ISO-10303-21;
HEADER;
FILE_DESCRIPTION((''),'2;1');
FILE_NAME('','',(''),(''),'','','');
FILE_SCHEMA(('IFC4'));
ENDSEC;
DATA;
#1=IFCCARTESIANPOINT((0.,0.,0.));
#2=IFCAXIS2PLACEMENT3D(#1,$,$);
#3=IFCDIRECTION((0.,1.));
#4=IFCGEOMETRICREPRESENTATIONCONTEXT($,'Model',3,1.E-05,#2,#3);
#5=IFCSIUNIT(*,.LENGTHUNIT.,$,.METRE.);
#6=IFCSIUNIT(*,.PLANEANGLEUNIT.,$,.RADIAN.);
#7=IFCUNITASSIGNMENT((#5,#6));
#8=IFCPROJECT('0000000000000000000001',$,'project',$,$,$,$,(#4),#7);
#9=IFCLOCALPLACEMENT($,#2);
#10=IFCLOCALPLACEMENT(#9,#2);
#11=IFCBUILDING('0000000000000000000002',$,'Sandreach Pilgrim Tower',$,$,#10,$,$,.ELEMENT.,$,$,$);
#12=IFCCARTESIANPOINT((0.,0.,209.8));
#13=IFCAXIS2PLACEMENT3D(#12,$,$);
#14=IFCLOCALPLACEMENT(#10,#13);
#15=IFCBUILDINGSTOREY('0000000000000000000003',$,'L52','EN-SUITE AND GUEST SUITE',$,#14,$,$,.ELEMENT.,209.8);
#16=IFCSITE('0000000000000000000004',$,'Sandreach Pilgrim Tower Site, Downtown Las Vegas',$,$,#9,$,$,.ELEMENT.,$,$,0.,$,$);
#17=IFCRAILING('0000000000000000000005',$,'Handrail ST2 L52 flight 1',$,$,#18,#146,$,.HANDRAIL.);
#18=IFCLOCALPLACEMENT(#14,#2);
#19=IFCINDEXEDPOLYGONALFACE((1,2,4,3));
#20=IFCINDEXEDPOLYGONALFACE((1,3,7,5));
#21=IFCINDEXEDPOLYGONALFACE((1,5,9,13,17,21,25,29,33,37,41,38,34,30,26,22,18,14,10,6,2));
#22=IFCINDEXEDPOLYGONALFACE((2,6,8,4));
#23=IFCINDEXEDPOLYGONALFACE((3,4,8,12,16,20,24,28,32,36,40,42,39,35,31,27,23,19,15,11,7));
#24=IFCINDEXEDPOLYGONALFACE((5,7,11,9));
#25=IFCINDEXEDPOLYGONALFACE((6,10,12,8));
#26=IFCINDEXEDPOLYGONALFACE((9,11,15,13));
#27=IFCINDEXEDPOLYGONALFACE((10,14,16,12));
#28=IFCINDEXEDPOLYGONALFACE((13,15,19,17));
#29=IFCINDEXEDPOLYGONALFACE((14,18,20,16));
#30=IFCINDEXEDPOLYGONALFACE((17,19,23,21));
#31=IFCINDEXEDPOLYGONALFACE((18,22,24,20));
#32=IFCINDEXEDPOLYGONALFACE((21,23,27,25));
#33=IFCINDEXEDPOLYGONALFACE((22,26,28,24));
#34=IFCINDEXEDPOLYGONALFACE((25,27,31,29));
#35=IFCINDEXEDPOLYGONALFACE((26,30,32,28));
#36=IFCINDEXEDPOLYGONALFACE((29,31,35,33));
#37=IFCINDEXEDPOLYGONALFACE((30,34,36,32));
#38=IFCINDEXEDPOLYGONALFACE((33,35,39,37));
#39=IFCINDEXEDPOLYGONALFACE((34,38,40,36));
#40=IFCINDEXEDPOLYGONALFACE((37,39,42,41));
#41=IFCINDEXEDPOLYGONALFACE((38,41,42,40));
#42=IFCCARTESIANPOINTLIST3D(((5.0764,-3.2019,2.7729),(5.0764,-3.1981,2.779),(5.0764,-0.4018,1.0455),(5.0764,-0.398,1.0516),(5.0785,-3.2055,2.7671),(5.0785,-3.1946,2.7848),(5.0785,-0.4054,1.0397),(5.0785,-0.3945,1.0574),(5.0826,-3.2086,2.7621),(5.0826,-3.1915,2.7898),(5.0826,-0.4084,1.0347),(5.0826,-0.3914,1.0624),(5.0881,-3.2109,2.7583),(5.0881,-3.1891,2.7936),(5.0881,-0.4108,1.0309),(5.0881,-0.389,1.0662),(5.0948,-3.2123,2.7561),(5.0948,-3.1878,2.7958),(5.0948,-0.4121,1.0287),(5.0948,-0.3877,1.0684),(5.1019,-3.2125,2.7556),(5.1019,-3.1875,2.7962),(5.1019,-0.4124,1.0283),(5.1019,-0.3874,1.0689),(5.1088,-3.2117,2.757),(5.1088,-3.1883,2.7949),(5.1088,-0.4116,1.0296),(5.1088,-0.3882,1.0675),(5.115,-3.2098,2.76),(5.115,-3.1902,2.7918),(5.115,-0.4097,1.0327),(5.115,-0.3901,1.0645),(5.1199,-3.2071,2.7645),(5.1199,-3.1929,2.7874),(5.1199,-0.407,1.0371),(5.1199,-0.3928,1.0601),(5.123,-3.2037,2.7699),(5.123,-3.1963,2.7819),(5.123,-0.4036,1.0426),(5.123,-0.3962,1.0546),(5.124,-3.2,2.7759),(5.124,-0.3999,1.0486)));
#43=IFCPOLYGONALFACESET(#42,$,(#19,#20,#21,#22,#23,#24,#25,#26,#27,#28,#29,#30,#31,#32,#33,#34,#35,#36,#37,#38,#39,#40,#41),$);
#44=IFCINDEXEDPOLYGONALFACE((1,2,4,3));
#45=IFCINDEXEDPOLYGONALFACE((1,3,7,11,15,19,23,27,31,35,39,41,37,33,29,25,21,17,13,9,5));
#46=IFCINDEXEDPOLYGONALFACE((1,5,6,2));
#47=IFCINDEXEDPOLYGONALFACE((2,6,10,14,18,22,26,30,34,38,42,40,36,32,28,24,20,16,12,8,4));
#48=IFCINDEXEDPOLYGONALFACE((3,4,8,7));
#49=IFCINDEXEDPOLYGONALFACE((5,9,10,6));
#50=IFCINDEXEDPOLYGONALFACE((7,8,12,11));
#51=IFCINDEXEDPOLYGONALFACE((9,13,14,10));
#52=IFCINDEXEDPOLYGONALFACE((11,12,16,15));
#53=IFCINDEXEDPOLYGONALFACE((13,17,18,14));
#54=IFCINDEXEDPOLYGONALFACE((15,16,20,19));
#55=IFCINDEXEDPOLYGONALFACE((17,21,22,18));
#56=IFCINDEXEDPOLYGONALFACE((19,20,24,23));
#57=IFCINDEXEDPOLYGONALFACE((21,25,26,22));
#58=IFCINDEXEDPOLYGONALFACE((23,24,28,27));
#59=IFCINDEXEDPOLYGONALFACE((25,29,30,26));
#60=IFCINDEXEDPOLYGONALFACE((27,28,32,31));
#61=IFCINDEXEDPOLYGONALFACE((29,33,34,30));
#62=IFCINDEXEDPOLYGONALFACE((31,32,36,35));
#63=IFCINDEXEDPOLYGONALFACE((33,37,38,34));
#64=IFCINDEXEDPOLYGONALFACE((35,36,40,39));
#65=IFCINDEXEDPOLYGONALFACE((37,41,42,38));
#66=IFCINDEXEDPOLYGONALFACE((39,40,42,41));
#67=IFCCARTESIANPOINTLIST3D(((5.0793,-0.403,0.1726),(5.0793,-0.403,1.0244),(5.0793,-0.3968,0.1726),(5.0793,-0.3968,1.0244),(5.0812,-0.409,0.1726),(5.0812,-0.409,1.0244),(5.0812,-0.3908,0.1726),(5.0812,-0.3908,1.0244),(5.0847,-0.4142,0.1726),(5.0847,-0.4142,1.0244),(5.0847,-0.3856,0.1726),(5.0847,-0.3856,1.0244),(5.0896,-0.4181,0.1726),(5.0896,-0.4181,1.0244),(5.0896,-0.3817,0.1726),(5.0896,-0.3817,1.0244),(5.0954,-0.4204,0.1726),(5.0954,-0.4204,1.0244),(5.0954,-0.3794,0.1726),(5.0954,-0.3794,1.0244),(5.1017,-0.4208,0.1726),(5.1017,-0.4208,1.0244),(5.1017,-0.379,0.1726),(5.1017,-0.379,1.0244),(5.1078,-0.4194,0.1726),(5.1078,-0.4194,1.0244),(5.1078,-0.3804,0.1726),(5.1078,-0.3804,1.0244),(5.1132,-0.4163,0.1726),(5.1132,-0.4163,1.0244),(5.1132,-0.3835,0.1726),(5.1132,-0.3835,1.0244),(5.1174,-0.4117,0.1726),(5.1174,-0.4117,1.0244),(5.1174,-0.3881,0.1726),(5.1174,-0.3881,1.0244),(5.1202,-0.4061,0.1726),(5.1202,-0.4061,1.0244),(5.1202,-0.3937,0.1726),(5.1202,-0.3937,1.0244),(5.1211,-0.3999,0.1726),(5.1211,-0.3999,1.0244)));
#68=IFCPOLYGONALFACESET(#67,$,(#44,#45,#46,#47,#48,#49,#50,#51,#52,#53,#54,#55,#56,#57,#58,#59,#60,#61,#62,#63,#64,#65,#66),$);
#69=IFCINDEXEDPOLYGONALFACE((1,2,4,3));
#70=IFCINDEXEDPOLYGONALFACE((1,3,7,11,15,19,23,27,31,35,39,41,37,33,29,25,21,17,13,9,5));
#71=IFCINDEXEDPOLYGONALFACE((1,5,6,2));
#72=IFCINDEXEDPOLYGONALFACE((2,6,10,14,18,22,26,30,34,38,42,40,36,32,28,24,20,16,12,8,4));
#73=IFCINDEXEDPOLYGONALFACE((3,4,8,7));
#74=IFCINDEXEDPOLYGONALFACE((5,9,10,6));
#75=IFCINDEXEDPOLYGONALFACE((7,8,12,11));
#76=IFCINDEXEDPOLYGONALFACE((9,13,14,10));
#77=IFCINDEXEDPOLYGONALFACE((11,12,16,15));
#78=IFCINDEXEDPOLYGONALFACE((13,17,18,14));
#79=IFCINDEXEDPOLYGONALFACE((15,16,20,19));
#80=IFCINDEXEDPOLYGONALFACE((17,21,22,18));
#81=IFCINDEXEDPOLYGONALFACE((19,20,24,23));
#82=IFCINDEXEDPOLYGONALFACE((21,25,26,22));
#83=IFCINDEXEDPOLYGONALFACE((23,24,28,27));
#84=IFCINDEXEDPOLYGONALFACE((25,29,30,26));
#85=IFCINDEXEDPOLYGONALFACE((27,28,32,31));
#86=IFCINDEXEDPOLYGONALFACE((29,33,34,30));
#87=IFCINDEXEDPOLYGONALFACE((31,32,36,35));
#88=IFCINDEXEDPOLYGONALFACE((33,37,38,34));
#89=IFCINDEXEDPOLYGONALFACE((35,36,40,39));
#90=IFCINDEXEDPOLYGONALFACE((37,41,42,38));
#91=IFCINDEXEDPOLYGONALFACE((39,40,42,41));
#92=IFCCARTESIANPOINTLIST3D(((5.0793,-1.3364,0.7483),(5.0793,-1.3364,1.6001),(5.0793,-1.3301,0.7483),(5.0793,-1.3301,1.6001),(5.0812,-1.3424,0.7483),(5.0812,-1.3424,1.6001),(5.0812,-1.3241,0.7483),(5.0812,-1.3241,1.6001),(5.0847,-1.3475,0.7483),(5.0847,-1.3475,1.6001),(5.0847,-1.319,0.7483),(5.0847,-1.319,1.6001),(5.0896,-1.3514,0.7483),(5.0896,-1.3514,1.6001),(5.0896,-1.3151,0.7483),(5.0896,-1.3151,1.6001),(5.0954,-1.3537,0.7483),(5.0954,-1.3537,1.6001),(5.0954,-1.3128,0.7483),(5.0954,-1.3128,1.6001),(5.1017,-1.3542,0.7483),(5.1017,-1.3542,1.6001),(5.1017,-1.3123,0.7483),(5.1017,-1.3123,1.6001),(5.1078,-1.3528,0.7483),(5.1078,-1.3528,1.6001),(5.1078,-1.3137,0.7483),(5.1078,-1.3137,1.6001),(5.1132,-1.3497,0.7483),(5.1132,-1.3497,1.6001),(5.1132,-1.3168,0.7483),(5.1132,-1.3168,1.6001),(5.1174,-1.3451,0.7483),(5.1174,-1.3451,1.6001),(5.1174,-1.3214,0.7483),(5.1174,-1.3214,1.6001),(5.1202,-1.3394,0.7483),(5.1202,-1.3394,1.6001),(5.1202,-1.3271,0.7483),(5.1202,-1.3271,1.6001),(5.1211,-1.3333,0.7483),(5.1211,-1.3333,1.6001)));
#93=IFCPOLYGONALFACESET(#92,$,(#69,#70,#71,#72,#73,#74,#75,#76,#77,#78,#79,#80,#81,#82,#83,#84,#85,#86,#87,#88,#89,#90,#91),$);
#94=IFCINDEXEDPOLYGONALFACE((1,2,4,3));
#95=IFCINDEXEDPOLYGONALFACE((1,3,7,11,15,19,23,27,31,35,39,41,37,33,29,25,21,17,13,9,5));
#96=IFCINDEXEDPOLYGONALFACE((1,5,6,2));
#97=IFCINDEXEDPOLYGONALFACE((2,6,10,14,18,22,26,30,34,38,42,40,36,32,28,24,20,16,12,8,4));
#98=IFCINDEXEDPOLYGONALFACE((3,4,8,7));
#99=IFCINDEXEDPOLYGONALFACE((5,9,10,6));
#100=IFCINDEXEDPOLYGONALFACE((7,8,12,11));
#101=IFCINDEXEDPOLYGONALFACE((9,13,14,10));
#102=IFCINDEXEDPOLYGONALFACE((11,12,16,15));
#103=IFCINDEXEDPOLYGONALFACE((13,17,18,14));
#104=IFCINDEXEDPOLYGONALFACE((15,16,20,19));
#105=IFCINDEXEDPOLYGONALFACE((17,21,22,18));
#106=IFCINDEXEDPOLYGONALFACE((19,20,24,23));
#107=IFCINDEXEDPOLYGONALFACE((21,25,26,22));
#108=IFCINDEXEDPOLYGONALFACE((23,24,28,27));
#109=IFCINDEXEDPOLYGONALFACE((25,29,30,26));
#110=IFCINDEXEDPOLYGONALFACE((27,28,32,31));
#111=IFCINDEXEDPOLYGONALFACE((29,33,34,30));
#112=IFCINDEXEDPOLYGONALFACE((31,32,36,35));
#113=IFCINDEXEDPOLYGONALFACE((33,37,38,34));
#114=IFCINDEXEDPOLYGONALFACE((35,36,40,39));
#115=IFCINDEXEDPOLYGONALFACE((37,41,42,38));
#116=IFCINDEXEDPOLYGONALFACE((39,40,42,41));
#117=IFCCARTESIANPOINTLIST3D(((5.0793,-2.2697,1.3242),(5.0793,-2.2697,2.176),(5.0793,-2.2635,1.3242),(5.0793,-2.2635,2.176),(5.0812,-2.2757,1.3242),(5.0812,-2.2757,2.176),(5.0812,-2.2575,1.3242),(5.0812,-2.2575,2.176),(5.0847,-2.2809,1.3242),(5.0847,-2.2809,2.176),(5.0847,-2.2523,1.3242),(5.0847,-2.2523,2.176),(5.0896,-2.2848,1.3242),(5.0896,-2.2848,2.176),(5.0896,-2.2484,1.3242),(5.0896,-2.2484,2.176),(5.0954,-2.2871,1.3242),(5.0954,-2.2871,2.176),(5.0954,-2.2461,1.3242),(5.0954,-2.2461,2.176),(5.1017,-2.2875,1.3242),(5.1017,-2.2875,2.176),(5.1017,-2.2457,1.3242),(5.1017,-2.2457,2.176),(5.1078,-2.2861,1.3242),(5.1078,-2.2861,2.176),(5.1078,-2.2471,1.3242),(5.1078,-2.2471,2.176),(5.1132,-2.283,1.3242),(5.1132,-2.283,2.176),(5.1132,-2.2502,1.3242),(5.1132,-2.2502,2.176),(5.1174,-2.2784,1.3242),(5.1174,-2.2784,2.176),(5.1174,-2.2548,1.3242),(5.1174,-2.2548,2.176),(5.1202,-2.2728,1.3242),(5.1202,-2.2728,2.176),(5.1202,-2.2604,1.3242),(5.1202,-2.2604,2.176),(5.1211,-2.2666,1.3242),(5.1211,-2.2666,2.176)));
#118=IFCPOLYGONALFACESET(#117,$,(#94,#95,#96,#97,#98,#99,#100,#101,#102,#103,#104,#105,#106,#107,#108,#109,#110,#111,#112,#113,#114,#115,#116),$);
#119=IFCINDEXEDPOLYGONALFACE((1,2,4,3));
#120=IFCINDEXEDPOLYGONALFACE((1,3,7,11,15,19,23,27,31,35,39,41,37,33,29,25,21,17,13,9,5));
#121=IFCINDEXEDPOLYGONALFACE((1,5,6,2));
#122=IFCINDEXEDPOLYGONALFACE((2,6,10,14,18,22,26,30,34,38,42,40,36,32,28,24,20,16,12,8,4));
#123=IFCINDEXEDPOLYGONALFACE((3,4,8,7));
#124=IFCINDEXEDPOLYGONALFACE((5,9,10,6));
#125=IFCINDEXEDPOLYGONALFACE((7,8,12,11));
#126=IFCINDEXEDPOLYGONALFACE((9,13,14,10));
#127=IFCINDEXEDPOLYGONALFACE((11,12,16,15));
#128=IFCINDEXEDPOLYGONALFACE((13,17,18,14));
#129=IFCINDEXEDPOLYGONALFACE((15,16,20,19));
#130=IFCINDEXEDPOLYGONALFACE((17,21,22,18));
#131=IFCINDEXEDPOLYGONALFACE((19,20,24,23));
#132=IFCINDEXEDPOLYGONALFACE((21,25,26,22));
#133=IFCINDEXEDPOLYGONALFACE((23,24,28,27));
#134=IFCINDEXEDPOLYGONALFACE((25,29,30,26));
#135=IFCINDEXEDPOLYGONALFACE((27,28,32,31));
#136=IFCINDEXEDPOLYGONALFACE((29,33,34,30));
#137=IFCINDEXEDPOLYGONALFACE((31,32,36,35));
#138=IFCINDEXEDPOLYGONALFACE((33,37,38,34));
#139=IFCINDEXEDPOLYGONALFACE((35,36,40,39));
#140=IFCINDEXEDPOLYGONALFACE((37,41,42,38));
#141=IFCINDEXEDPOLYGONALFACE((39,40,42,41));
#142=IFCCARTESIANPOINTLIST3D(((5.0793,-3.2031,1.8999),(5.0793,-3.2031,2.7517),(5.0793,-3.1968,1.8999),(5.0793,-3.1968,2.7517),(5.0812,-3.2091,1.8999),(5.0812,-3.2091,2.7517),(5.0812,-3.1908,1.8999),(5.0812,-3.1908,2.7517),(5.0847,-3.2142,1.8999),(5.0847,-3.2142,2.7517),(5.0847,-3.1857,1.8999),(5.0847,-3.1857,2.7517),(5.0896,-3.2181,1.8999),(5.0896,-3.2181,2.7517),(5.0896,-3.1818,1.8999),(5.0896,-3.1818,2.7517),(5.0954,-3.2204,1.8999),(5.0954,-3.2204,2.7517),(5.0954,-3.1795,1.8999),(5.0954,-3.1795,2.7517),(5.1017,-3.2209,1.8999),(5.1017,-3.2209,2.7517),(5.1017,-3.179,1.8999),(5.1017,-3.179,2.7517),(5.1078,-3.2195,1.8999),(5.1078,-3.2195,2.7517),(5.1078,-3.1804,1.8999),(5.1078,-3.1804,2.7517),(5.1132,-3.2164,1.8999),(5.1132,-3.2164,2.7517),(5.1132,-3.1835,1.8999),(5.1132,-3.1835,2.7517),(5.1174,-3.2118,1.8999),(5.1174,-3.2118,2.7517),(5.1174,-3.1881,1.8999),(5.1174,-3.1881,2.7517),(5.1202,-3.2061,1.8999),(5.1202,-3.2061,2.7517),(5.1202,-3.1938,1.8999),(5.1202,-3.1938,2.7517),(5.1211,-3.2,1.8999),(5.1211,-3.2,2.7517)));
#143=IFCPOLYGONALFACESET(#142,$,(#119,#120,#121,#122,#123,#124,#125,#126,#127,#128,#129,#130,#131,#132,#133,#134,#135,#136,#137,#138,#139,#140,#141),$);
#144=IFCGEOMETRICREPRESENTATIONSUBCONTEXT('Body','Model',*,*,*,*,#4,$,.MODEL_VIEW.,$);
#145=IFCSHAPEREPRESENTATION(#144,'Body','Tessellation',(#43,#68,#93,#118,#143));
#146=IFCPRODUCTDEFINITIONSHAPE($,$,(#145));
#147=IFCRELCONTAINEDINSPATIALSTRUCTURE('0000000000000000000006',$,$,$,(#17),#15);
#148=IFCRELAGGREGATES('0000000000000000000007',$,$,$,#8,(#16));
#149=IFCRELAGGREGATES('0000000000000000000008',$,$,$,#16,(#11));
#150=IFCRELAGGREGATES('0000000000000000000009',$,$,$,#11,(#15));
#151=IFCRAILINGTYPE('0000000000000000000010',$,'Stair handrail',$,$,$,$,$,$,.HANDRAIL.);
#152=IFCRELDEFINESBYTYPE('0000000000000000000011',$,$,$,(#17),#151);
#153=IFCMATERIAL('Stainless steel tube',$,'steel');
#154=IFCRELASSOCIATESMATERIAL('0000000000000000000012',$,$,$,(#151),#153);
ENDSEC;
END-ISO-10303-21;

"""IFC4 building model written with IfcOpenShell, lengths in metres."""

from ifc_helpers import new_model, si_unit, direction, frame, origin, origin_2d, place, context, subcontext, project, spatial, circle, extrude, material, type_object, element, save


model = new_model("IFC4")

# Units and contexts
model_context = context("Model", 3, precision=1e-05, world=origin(), true_north=direction((0.0, 1.0)))
body_context = subcontext(model_context, "Body", "Model", "MODEL_VIEW")
ifc_project = project(units=[si_unit("LENGTHUNIT", "METRE"), si_unit("PLANEANGLEUNIT", "RADIAN")], contexts=[model_context])

# Site, building, storey
site_placement = place(None, origin())
site = spatial("IfcSite", under=ifc_project, at=site_placement, Name="Sandreach Pilgrim Tower Site, Downtown Las Vegas", CompositionType="ELEMENT", RefElevation=0.0)
building_placement = place(site_placement, origin())
building = spatial("IfcBuilding", under=site, at=building_placement, Name="Sandreach Pilgrim Tower", CompositionType="ELEMENT")
storey_placement = place(building_placement, frame((0.0, 0.0, 209.8)))
storey = spatial("IfcBuildingStorey", under=building, at=storey_placement, Name="L52", Description="EN-SUITE AND GUEST SUITE", CompositionType="ELEMENT", Elevation=209.8)

# Railing
ifc_material_1 = material(Name="Stainless steel tube", Category="steel")
railing_type = type_object("IfcRailingType", Name="Stair handrail", PredefinedType="HANDRAIL", material=ifc_material_1)
for number, where, name in (
    (1, (5.1001, -0.3999, 0.1726), "Handrail ST2 L52 flight 1"),
):
    element("IfcRailing", number, at=place(storey_placement, frame(where)), inside=storey, type_object=railing_type, Name=name, PredefinedType="HANDRAIL", context=body_context, shape_type="SweptSolid", body=[
        extrude(circle(Radius=0.0239, at=origin_2d()), frame((0.0, 0.0, 0.876), z_axis=(0.0, -0.85109, 0.52502), x_axis=(1.0, 0.0, 0.0)), (0.0, 0.0, 1.0), 3.29),
        extrude(circle(Radius=0.021, at=origin_2d()), origin(), (0.0, 0.0, 1.0), 0.8518),
        extrude(circle(Radius=0.021, at=origin_2d()), frame((0.0, -0.9333, 0.5757)), (0.0, 0.0, 1.0), 0.8518),
        extrude(circle(Radius=0.021, at=origin_2d()), frame((0.0, -1.8667, 1.1516)), (0.0, 0.0, 1.0), 0.8518),
        extrude(circle(Radius=0.021, at=origin_2d()), frame((0.0, -2.8, 1.7273)), (0.0, 0.0, 1.0), 0.8518),
    ])

save(model, "model.ifc")
